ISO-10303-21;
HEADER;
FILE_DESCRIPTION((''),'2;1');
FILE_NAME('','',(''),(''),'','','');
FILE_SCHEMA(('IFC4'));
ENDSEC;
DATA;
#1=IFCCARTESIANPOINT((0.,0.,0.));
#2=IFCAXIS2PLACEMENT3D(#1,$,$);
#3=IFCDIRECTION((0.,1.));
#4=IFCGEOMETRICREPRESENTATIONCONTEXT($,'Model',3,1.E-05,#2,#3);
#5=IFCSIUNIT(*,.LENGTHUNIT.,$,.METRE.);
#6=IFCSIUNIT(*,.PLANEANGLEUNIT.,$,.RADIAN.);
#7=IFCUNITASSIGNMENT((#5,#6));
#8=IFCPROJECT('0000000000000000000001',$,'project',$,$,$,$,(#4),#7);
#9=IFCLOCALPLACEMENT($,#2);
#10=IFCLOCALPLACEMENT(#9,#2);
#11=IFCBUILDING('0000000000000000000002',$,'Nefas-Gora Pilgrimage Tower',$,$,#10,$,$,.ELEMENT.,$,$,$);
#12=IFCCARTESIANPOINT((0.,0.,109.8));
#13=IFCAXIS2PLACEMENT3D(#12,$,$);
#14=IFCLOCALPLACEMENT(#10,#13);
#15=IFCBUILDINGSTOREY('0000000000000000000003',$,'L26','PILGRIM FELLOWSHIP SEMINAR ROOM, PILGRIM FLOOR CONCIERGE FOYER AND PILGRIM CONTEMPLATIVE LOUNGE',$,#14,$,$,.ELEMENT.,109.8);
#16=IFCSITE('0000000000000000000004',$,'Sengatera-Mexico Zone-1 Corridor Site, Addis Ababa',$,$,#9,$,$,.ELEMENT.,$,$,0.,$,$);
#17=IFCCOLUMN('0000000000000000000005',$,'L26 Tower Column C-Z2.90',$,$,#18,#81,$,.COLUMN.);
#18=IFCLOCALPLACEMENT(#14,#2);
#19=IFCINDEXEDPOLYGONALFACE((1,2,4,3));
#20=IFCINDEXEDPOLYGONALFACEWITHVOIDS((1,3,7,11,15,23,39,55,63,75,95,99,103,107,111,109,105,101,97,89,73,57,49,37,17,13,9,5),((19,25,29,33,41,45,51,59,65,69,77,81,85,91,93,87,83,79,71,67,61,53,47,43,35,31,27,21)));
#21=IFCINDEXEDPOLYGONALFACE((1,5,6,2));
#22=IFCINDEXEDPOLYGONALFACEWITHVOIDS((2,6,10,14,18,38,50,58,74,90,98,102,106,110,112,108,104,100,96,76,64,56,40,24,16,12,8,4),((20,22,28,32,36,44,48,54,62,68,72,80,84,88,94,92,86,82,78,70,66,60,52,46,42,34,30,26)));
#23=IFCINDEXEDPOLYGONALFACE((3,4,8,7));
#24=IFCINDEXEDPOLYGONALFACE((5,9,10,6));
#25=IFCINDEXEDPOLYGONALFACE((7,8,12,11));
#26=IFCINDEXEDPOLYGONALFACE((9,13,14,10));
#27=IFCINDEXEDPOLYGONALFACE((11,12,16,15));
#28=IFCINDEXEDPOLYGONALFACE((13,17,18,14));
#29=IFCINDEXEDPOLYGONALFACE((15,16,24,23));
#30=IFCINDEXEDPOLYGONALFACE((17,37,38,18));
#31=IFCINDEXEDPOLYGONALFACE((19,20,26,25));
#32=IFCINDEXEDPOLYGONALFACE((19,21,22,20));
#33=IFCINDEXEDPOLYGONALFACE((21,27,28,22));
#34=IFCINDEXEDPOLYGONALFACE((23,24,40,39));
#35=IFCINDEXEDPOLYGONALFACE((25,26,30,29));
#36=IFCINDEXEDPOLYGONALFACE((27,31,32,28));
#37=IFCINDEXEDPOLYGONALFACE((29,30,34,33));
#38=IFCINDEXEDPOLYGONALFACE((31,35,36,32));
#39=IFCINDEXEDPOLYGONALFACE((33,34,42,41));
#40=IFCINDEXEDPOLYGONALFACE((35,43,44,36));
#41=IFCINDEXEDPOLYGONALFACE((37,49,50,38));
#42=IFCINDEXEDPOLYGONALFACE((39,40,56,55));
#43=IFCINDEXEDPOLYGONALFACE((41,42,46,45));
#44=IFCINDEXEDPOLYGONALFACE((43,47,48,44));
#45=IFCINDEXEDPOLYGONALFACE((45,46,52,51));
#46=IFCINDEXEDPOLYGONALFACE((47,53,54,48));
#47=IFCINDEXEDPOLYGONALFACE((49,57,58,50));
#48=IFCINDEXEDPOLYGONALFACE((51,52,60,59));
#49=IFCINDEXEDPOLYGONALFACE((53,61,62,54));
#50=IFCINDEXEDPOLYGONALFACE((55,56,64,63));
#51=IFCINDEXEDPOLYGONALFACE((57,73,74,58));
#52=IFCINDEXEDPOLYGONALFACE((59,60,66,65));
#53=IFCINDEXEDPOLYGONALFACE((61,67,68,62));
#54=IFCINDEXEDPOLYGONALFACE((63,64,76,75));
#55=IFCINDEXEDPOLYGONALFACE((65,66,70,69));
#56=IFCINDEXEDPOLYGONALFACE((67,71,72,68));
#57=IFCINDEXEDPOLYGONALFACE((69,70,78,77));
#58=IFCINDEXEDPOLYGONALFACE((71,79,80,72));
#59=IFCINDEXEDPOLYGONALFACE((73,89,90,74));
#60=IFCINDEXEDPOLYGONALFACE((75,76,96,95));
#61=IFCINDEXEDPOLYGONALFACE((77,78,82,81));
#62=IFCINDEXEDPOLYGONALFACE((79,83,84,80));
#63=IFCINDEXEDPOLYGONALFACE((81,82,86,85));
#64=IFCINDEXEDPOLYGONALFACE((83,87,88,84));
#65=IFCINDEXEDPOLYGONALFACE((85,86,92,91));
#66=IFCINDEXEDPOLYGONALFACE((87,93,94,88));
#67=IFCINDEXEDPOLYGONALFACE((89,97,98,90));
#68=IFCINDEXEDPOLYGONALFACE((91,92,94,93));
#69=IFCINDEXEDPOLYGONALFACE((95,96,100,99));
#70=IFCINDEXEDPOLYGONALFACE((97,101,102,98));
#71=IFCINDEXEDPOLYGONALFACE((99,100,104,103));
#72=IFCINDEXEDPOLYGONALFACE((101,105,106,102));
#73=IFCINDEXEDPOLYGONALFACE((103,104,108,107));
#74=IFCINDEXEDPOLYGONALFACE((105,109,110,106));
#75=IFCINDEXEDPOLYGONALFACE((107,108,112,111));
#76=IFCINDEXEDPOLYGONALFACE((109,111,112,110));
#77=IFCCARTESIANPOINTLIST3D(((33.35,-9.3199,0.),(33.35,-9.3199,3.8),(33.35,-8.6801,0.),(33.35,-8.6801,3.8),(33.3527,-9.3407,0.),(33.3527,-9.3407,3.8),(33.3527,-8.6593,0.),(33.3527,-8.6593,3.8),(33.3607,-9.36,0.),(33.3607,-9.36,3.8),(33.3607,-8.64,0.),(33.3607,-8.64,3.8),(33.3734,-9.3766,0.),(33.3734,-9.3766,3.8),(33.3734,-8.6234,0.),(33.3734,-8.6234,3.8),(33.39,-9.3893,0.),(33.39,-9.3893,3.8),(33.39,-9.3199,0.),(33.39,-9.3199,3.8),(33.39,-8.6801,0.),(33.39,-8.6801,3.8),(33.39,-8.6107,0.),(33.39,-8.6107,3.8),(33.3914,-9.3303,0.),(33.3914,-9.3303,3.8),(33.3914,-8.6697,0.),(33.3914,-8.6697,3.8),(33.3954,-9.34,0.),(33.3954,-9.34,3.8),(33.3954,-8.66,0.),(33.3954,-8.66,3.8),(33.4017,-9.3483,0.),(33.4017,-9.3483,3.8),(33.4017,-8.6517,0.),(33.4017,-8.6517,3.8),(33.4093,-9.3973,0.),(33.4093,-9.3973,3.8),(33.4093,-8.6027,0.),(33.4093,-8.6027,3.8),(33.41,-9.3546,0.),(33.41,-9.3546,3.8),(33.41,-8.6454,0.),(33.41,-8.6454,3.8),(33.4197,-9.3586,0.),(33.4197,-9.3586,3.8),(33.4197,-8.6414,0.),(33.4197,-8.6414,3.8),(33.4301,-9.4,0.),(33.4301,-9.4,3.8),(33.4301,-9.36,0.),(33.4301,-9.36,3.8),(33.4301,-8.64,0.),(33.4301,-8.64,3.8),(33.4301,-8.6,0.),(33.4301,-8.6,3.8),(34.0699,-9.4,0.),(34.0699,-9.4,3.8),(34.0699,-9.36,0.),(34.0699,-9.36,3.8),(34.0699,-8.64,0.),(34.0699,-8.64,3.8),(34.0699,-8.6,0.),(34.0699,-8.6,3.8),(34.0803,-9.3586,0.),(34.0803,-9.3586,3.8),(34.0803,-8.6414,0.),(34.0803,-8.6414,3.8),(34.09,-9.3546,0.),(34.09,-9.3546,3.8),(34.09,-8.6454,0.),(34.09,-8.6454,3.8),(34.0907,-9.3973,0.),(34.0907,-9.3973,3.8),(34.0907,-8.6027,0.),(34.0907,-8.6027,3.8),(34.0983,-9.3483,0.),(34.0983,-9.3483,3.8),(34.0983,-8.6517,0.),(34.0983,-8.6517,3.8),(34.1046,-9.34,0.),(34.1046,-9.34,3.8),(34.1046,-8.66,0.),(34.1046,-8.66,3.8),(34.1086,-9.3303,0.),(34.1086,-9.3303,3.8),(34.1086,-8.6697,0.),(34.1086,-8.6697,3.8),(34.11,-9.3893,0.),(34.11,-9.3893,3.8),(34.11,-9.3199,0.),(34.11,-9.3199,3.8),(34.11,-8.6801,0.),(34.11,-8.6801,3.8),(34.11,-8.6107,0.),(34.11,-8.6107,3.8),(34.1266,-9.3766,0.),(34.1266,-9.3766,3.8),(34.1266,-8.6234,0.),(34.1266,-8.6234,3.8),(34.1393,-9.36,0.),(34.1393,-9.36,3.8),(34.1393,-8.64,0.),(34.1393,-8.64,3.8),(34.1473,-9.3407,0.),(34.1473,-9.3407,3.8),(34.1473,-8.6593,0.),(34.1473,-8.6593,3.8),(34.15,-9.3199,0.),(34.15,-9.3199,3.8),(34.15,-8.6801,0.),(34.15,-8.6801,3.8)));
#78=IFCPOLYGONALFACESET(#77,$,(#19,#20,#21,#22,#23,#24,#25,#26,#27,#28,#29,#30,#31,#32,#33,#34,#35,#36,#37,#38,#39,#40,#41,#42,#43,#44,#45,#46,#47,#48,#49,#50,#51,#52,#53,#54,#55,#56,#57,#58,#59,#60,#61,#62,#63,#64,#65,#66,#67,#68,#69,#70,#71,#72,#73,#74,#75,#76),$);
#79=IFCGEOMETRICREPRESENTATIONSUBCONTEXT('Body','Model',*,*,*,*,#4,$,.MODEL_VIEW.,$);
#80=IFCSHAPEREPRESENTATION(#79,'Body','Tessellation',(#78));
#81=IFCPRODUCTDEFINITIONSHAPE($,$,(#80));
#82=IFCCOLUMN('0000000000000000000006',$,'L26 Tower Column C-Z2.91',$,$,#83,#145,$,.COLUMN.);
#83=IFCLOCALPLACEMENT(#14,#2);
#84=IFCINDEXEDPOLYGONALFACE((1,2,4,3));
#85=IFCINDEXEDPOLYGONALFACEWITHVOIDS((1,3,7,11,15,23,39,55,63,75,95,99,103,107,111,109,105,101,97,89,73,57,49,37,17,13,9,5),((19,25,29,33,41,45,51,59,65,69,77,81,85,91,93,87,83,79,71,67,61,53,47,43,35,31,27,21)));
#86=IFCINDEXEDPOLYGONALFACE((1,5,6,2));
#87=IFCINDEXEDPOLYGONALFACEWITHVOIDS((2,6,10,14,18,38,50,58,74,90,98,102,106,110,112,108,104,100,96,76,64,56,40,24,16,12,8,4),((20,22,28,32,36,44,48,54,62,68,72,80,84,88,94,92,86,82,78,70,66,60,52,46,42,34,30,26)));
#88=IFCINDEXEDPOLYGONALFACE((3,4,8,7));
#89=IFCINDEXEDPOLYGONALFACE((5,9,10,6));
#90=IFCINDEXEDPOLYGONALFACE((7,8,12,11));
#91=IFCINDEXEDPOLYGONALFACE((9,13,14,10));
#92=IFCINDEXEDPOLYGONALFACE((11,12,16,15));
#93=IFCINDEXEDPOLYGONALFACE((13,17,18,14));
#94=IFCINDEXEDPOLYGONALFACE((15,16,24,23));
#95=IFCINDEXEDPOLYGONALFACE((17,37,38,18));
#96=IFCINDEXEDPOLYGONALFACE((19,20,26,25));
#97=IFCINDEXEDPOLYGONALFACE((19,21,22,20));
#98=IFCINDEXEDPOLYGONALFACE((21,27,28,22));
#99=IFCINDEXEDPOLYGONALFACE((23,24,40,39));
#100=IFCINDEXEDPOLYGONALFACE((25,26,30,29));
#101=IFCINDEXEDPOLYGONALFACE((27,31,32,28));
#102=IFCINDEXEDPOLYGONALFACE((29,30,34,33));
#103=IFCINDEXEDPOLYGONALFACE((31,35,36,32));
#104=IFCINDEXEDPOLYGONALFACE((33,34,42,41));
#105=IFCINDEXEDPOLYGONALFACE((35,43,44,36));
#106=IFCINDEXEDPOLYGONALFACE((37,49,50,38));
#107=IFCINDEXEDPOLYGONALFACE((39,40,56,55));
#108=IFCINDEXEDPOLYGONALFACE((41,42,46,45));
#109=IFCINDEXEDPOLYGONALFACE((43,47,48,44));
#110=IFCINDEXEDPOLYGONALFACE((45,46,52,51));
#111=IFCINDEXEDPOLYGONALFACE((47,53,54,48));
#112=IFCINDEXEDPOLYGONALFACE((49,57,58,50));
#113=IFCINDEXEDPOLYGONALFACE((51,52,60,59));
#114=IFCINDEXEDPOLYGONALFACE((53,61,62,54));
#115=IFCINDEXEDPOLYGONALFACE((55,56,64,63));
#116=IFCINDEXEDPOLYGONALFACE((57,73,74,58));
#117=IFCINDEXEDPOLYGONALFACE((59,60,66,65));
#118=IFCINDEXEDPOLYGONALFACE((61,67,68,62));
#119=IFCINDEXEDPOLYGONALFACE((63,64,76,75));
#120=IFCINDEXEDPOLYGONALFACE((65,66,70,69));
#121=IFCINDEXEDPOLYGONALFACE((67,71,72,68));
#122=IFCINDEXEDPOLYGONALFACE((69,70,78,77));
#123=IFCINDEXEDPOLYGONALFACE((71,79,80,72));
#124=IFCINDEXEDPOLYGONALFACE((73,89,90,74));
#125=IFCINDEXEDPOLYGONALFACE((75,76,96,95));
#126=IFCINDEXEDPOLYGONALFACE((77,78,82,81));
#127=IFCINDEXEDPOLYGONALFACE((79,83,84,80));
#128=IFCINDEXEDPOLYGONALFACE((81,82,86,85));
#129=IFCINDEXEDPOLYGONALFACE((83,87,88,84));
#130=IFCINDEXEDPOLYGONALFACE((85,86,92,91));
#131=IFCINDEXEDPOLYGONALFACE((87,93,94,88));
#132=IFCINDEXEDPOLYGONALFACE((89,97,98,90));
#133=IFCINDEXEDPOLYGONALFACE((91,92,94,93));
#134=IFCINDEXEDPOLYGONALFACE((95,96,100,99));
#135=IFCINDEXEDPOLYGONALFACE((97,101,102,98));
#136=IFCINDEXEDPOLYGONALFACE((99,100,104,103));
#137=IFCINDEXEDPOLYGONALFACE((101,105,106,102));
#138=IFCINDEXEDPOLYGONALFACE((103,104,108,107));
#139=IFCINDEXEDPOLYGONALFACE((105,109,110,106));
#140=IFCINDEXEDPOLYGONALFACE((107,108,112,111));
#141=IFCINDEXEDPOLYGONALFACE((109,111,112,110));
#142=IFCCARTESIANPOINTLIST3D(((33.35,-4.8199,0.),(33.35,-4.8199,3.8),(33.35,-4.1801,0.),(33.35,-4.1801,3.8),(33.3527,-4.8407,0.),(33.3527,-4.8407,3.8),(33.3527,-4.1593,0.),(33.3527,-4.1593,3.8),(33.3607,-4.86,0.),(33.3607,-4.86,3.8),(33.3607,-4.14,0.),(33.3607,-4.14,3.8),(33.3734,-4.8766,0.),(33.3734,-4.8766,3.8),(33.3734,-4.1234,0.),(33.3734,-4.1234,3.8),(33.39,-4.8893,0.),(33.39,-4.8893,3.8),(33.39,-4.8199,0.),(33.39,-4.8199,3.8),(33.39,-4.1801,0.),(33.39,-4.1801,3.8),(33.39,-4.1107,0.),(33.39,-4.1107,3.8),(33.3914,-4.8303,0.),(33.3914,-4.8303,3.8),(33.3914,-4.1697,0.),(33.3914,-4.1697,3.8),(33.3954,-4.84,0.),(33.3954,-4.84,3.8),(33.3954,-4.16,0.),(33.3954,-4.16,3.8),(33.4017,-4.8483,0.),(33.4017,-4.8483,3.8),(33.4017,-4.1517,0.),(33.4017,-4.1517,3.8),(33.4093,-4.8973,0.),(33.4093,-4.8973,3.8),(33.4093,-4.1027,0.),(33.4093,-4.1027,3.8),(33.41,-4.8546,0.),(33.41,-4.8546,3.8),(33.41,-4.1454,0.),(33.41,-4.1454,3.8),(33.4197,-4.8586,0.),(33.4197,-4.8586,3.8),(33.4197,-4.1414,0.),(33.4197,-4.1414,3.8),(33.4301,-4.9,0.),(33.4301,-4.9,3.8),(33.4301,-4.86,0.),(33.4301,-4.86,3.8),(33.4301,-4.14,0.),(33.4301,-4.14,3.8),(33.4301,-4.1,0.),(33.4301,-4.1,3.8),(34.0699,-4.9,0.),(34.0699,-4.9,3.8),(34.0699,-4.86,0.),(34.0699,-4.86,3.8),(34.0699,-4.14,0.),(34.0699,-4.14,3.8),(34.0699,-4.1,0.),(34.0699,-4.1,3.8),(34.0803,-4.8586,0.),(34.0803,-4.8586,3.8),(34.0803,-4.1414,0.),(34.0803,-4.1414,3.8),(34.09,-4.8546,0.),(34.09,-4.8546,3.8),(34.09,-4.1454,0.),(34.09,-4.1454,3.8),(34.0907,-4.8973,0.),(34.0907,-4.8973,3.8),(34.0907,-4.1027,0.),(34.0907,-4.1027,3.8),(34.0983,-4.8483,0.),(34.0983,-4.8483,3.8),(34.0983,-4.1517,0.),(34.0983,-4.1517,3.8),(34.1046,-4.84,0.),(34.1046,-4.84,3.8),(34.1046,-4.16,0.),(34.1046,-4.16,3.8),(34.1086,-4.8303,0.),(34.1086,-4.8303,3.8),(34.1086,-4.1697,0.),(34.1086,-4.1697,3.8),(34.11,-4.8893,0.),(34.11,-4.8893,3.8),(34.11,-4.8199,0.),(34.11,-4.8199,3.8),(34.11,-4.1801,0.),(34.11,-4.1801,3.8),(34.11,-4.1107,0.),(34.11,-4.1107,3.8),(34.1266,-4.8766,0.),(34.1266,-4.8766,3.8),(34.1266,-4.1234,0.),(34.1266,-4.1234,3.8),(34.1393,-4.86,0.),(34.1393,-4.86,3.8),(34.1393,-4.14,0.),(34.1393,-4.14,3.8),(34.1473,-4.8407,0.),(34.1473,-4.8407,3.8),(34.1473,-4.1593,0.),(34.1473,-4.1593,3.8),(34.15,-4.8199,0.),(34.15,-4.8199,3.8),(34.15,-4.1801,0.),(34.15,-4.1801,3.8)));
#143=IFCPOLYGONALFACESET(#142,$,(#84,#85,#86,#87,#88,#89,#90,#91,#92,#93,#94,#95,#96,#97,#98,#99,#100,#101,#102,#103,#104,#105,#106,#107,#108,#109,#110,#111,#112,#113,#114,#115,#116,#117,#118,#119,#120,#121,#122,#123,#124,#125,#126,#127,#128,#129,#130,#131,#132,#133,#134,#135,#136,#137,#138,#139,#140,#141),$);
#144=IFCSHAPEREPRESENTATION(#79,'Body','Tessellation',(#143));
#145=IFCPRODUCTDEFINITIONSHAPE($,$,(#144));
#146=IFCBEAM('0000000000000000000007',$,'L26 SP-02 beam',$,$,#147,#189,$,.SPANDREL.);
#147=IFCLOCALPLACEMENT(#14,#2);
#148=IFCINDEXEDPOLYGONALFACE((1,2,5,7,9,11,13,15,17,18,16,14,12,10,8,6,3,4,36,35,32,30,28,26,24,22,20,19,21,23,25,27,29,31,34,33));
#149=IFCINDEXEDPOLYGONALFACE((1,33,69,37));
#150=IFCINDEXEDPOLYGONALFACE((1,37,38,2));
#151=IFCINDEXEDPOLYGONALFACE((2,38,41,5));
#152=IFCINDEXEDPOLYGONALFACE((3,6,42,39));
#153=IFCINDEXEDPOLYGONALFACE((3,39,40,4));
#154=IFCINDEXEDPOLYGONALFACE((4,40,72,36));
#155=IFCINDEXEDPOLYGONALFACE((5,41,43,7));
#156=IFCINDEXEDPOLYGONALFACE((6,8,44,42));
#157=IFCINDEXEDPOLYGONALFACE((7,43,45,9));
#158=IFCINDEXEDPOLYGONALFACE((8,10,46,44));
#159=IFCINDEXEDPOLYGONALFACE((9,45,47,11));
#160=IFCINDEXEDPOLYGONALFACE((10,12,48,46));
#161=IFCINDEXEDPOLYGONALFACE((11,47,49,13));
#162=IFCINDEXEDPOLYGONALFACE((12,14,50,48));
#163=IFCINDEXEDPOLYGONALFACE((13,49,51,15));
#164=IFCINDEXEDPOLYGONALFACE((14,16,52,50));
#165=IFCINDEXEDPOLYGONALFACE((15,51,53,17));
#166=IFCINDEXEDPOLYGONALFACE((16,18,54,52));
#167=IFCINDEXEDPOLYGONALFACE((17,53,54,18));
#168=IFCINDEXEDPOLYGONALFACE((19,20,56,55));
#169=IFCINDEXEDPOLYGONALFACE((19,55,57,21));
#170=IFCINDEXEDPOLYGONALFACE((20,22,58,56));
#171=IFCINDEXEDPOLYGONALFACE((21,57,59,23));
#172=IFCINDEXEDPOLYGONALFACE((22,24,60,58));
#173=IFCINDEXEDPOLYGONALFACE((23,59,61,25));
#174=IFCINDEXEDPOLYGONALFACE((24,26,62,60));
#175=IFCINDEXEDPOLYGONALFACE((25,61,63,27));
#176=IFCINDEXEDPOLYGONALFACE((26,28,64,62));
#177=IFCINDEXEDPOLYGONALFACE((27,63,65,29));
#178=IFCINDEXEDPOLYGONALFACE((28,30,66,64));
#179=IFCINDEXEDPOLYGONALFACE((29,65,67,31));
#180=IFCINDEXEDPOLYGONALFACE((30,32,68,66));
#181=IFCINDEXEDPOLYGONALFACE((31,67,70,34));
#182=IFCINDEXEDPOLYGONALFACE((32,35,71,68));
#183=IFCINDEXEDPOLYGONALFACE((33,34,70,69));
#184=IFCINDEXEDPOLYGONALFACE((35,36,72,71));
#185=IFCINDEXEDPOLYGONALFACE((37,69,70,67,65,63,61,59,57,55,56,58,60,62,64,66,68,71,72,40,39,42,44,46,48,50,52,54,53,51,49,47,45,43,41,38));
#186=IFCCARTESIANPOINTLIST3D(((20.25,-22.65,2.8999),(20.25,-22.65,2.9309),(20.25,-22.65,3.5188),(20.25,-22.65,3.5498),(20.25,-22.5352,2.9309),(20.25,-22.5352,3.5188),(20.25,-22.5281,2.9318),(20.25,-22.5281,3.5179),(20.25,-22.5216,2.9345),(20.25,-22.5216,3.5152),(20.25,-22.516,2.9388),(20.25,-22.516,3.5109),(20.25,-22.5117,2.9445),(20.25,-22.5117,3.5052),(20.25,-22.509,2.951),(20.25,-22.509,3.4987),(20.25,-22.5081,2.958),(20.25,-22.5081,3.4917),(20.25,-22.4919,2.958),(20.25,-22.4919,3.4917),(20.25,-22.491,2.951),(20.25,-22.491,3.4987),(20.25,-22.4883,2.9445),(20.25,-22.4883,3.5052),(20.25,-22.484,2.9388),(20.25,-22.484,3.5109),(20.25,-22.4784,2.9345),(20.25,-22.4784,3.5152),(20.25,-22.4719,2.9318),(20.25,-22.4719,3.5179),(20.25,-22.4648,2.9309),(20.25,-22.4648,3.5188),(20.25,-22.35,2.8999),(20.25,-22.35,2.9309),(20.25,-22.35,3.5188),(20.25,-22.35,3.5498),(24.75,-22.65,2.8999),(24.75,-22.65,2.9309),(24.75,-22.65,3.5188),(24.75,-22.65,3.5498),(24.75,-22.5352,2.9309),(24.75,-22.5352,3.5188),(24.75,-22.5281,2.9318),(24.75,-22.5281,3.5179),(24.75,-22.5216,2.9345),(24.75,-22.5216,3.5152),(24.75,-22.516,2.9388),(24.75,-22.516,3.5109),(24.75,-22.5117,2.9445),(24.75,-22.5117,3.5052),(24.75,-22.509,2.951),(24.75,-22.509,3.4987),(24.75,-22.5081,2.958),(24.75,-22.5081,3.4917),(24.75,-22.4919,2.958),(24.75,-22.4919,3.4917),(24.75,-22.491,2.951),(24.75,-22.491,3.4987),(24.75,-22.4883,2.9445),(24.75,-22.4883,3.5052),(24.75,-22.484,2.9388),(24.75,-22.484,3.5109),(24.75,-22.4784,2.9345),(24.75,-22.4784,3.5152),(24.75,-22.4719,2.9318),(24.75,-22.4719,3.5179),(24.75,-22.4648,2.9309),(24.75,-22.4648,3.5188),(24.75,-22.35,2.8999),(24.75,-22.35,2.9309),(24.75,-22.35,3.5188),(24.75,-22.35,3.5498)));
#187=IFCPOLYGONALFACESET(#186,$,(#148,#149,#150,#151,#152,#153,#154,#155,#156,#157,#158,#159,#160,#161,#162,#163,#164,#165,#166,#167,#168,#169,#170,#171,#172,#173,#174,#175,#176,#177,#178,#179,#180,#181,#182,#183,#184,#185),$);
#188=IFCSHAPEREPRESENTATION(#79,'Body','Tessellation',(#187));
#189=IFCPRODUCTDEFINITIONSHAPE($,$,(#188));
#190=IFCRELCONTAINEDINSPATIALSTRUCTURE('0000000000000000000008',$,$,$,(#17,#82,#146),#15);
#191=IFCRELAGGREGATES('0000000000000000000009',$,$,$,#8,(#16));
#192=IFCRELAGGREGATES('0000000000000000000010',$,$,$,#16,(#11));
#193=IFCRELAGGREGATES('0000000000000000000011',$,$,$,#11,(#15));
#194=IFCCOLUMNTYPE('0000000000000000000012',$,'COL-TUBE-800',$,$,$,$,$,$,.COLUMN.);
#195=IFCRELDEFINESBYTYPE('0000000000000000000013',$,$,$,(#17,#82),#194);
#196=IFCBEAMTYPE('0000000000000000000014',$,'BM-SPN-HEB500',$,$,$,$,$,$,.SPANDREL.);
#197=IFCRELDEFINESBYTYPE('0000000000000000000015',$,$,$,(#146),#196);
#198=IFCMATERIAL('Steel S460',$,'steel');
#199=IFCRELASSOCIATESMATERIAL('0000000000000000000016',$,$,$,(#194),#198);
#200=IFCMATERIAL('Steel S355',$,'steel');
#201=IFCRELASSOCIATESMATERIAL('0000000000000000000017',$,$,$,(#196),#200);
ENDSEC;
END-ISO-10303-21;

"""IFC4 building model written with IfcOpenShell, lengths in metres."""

from ifc_helpers import new_model, si_unit, direction, frame, origin, origin_2d, place, context, subcontext, project, spatial, hollow_rectangle, i_section, extrude, source, transform, mapped, material, material_profile, profile_set, type_object, element, save


model = new_model("IFC4")

# Units and contexts
model_context = context("Model", 3, precision=1e-05, world=origin(), true_north=direction((0.0, 1.0)))
body_context = subcontext(model_context, "Body", "Model", "MODEL_VIEW")
ifc_project = project(units=[si_unit("LENGTHUNIT", "METRE"), si_unit("PLANEANGLEUNIT", "RADIAN")], contexts=[model_context])

# Site, building, storey
site_placement = place(None, origin())
site = spatial("IfcSite", under=ifc_project, at=site_placement, Name="Sengatera-Mexico Zone-1 Corridor Site, Addis Ababa", CompositionType="ELEMENT", RefElevation=0.0)
building_placement = place(site_placement, origin())
building = spatial("IfcBuilding", under=site, at=building_placement, Name="Nefas-Gora Pilgrimage Tower", CompositionType="ELEMENT")
storey_placement = place(building_placement, frame((0.0, 0.0, 109.8)))
storey = spatial("IfcBuildingStorey", under=building, at=storey_placement, Name="L26", Description="PILGRIM FELLOWSHIP SEMINAR ROOM, PILGRIM FLOOR CONCIERGE FOYER AND PILGRIM CONTEMPLATIVE LOUNGE", CompositionType="ELEMENT", Elevation=109.8)

# Columns
ifc_material_1 = material(Name="Steel S460", Category="steel")
ifc_material_profile_1 = material_profile(ifc_material_1, hollow_rectangle(XDim=0.8, YDim=0.8, WallThickness=0.04, InnerFilletRadius=0.04, OuterFilletRadius=0.0801, at=origin_2d()), Name="BOX 800x800x40")
ifc_profile_set_1 = profile_set([ifc_material_profile_1], Name="Steel S460")
column_type_1 = type_object("IfcColumnType", Name="COL-TUBE-800", PredefinedType="COLUMN", material=ifc_profile_set_1)
shared_shape_1 = source(origin(), body_context, "Body", "SweptSolid", [
    extrude(hollow_rectangle(XDim=0.8, YDim=0.8, WallThickness=0.04, InnerFilletRadius=0.04, OuterFilletRadius=0.0801, at=origin_2d()), origin(), (0.0, 0.0, 1.0), 3.8),
])
for number, where, z_axis, x_axis, name in (
    (1, (33.75, -9.0, 0.0), (0.0, 0.0, 1.0), (1.0, 0.0, 0.0), "L26 Tower Column C-Z2.90"),
    (2, (33.75, -4.5, 0.0), (0.0, 0.0, 1.0), (1.0, 0.0, 0.0), "L26 Tower Column C-Z2.91"),
):
    element("IfcColumn", number, at=place(storey_placement, frame(where, z_axis=z_axis, x_axis=x_axis)), inside=storey, type_object=column_type_1, Name=name, PredefinedType="COLUMN", context=body_context, shape_type="MappedRepresentation", body=[
        mapped(shared_shape_1, transform((0.0, 0.0, 0.0), x_axis=(1.0, 0.0, 0.0), y_axis=(0.0, 1.0, 0.0), z_axis=(0.0, 0.0, 1.0), scale=1.0)),
    ])

# Beam
ifc_material_2 = material(Name="Steel S355", Category="steel")
ifc_material_profile_2 = material_profile(ifc_material_2, i_section(OverallWidth=0.3, OverallDepth=0.6499, WebThickness=0.0161, FlangeThickness=0.031, FilletRadius=0.0271, at=origin_2d()), Name="HEB 650")
ifc_profile_set_2 = profile_set([ifc_material_profile_2], Name="Steel S355")
beam_type_1 = type_object("IfcBeamType", Name="BM-SPN-HEB500", PredefinedType="SPANDREL", material=ifc_profile_set_2)
shared_shape_2 = source(origin(), body_context, "Body", "SweptSolid", [
    extrude(i_section(OverallWidth=0.3, OverallDepth=0.6499, WebThickness=0.0161, FlangeThickness=0.031, FilletRadius=0.0271, at=origin_2d()), origin(), (0.0, 0.0, 1.0), 4.5),
])
for number, where, z_axis, x_axis, name in (
    (3, (20.25, -22.5, 3.2249), (1.0, 0.0, 0.0), (0.0, 1.0, 0.0), "L26 SP-02 beam"),
):
    element("IfcBeam", number, at=place(storey_placement, frame(where, z_axis=z_axis, x_axis=x_axis)), inside=storey, type_object=beam_type_1, Name=name, PredefinedType="SPANDREL", context=body_context, shape_type="MappedRepresentation", body=[
        mapped(shared_shape_2, transform((0.0, 0.0, 0.0), x_axis=(1.0, 0.0, 0.0), y_axis=(0.0, 1.0, 0.0), z_axis=(0.0, 0.0, 1.0), scale=1.0)),
    ])

save(model, "model.ifc")
